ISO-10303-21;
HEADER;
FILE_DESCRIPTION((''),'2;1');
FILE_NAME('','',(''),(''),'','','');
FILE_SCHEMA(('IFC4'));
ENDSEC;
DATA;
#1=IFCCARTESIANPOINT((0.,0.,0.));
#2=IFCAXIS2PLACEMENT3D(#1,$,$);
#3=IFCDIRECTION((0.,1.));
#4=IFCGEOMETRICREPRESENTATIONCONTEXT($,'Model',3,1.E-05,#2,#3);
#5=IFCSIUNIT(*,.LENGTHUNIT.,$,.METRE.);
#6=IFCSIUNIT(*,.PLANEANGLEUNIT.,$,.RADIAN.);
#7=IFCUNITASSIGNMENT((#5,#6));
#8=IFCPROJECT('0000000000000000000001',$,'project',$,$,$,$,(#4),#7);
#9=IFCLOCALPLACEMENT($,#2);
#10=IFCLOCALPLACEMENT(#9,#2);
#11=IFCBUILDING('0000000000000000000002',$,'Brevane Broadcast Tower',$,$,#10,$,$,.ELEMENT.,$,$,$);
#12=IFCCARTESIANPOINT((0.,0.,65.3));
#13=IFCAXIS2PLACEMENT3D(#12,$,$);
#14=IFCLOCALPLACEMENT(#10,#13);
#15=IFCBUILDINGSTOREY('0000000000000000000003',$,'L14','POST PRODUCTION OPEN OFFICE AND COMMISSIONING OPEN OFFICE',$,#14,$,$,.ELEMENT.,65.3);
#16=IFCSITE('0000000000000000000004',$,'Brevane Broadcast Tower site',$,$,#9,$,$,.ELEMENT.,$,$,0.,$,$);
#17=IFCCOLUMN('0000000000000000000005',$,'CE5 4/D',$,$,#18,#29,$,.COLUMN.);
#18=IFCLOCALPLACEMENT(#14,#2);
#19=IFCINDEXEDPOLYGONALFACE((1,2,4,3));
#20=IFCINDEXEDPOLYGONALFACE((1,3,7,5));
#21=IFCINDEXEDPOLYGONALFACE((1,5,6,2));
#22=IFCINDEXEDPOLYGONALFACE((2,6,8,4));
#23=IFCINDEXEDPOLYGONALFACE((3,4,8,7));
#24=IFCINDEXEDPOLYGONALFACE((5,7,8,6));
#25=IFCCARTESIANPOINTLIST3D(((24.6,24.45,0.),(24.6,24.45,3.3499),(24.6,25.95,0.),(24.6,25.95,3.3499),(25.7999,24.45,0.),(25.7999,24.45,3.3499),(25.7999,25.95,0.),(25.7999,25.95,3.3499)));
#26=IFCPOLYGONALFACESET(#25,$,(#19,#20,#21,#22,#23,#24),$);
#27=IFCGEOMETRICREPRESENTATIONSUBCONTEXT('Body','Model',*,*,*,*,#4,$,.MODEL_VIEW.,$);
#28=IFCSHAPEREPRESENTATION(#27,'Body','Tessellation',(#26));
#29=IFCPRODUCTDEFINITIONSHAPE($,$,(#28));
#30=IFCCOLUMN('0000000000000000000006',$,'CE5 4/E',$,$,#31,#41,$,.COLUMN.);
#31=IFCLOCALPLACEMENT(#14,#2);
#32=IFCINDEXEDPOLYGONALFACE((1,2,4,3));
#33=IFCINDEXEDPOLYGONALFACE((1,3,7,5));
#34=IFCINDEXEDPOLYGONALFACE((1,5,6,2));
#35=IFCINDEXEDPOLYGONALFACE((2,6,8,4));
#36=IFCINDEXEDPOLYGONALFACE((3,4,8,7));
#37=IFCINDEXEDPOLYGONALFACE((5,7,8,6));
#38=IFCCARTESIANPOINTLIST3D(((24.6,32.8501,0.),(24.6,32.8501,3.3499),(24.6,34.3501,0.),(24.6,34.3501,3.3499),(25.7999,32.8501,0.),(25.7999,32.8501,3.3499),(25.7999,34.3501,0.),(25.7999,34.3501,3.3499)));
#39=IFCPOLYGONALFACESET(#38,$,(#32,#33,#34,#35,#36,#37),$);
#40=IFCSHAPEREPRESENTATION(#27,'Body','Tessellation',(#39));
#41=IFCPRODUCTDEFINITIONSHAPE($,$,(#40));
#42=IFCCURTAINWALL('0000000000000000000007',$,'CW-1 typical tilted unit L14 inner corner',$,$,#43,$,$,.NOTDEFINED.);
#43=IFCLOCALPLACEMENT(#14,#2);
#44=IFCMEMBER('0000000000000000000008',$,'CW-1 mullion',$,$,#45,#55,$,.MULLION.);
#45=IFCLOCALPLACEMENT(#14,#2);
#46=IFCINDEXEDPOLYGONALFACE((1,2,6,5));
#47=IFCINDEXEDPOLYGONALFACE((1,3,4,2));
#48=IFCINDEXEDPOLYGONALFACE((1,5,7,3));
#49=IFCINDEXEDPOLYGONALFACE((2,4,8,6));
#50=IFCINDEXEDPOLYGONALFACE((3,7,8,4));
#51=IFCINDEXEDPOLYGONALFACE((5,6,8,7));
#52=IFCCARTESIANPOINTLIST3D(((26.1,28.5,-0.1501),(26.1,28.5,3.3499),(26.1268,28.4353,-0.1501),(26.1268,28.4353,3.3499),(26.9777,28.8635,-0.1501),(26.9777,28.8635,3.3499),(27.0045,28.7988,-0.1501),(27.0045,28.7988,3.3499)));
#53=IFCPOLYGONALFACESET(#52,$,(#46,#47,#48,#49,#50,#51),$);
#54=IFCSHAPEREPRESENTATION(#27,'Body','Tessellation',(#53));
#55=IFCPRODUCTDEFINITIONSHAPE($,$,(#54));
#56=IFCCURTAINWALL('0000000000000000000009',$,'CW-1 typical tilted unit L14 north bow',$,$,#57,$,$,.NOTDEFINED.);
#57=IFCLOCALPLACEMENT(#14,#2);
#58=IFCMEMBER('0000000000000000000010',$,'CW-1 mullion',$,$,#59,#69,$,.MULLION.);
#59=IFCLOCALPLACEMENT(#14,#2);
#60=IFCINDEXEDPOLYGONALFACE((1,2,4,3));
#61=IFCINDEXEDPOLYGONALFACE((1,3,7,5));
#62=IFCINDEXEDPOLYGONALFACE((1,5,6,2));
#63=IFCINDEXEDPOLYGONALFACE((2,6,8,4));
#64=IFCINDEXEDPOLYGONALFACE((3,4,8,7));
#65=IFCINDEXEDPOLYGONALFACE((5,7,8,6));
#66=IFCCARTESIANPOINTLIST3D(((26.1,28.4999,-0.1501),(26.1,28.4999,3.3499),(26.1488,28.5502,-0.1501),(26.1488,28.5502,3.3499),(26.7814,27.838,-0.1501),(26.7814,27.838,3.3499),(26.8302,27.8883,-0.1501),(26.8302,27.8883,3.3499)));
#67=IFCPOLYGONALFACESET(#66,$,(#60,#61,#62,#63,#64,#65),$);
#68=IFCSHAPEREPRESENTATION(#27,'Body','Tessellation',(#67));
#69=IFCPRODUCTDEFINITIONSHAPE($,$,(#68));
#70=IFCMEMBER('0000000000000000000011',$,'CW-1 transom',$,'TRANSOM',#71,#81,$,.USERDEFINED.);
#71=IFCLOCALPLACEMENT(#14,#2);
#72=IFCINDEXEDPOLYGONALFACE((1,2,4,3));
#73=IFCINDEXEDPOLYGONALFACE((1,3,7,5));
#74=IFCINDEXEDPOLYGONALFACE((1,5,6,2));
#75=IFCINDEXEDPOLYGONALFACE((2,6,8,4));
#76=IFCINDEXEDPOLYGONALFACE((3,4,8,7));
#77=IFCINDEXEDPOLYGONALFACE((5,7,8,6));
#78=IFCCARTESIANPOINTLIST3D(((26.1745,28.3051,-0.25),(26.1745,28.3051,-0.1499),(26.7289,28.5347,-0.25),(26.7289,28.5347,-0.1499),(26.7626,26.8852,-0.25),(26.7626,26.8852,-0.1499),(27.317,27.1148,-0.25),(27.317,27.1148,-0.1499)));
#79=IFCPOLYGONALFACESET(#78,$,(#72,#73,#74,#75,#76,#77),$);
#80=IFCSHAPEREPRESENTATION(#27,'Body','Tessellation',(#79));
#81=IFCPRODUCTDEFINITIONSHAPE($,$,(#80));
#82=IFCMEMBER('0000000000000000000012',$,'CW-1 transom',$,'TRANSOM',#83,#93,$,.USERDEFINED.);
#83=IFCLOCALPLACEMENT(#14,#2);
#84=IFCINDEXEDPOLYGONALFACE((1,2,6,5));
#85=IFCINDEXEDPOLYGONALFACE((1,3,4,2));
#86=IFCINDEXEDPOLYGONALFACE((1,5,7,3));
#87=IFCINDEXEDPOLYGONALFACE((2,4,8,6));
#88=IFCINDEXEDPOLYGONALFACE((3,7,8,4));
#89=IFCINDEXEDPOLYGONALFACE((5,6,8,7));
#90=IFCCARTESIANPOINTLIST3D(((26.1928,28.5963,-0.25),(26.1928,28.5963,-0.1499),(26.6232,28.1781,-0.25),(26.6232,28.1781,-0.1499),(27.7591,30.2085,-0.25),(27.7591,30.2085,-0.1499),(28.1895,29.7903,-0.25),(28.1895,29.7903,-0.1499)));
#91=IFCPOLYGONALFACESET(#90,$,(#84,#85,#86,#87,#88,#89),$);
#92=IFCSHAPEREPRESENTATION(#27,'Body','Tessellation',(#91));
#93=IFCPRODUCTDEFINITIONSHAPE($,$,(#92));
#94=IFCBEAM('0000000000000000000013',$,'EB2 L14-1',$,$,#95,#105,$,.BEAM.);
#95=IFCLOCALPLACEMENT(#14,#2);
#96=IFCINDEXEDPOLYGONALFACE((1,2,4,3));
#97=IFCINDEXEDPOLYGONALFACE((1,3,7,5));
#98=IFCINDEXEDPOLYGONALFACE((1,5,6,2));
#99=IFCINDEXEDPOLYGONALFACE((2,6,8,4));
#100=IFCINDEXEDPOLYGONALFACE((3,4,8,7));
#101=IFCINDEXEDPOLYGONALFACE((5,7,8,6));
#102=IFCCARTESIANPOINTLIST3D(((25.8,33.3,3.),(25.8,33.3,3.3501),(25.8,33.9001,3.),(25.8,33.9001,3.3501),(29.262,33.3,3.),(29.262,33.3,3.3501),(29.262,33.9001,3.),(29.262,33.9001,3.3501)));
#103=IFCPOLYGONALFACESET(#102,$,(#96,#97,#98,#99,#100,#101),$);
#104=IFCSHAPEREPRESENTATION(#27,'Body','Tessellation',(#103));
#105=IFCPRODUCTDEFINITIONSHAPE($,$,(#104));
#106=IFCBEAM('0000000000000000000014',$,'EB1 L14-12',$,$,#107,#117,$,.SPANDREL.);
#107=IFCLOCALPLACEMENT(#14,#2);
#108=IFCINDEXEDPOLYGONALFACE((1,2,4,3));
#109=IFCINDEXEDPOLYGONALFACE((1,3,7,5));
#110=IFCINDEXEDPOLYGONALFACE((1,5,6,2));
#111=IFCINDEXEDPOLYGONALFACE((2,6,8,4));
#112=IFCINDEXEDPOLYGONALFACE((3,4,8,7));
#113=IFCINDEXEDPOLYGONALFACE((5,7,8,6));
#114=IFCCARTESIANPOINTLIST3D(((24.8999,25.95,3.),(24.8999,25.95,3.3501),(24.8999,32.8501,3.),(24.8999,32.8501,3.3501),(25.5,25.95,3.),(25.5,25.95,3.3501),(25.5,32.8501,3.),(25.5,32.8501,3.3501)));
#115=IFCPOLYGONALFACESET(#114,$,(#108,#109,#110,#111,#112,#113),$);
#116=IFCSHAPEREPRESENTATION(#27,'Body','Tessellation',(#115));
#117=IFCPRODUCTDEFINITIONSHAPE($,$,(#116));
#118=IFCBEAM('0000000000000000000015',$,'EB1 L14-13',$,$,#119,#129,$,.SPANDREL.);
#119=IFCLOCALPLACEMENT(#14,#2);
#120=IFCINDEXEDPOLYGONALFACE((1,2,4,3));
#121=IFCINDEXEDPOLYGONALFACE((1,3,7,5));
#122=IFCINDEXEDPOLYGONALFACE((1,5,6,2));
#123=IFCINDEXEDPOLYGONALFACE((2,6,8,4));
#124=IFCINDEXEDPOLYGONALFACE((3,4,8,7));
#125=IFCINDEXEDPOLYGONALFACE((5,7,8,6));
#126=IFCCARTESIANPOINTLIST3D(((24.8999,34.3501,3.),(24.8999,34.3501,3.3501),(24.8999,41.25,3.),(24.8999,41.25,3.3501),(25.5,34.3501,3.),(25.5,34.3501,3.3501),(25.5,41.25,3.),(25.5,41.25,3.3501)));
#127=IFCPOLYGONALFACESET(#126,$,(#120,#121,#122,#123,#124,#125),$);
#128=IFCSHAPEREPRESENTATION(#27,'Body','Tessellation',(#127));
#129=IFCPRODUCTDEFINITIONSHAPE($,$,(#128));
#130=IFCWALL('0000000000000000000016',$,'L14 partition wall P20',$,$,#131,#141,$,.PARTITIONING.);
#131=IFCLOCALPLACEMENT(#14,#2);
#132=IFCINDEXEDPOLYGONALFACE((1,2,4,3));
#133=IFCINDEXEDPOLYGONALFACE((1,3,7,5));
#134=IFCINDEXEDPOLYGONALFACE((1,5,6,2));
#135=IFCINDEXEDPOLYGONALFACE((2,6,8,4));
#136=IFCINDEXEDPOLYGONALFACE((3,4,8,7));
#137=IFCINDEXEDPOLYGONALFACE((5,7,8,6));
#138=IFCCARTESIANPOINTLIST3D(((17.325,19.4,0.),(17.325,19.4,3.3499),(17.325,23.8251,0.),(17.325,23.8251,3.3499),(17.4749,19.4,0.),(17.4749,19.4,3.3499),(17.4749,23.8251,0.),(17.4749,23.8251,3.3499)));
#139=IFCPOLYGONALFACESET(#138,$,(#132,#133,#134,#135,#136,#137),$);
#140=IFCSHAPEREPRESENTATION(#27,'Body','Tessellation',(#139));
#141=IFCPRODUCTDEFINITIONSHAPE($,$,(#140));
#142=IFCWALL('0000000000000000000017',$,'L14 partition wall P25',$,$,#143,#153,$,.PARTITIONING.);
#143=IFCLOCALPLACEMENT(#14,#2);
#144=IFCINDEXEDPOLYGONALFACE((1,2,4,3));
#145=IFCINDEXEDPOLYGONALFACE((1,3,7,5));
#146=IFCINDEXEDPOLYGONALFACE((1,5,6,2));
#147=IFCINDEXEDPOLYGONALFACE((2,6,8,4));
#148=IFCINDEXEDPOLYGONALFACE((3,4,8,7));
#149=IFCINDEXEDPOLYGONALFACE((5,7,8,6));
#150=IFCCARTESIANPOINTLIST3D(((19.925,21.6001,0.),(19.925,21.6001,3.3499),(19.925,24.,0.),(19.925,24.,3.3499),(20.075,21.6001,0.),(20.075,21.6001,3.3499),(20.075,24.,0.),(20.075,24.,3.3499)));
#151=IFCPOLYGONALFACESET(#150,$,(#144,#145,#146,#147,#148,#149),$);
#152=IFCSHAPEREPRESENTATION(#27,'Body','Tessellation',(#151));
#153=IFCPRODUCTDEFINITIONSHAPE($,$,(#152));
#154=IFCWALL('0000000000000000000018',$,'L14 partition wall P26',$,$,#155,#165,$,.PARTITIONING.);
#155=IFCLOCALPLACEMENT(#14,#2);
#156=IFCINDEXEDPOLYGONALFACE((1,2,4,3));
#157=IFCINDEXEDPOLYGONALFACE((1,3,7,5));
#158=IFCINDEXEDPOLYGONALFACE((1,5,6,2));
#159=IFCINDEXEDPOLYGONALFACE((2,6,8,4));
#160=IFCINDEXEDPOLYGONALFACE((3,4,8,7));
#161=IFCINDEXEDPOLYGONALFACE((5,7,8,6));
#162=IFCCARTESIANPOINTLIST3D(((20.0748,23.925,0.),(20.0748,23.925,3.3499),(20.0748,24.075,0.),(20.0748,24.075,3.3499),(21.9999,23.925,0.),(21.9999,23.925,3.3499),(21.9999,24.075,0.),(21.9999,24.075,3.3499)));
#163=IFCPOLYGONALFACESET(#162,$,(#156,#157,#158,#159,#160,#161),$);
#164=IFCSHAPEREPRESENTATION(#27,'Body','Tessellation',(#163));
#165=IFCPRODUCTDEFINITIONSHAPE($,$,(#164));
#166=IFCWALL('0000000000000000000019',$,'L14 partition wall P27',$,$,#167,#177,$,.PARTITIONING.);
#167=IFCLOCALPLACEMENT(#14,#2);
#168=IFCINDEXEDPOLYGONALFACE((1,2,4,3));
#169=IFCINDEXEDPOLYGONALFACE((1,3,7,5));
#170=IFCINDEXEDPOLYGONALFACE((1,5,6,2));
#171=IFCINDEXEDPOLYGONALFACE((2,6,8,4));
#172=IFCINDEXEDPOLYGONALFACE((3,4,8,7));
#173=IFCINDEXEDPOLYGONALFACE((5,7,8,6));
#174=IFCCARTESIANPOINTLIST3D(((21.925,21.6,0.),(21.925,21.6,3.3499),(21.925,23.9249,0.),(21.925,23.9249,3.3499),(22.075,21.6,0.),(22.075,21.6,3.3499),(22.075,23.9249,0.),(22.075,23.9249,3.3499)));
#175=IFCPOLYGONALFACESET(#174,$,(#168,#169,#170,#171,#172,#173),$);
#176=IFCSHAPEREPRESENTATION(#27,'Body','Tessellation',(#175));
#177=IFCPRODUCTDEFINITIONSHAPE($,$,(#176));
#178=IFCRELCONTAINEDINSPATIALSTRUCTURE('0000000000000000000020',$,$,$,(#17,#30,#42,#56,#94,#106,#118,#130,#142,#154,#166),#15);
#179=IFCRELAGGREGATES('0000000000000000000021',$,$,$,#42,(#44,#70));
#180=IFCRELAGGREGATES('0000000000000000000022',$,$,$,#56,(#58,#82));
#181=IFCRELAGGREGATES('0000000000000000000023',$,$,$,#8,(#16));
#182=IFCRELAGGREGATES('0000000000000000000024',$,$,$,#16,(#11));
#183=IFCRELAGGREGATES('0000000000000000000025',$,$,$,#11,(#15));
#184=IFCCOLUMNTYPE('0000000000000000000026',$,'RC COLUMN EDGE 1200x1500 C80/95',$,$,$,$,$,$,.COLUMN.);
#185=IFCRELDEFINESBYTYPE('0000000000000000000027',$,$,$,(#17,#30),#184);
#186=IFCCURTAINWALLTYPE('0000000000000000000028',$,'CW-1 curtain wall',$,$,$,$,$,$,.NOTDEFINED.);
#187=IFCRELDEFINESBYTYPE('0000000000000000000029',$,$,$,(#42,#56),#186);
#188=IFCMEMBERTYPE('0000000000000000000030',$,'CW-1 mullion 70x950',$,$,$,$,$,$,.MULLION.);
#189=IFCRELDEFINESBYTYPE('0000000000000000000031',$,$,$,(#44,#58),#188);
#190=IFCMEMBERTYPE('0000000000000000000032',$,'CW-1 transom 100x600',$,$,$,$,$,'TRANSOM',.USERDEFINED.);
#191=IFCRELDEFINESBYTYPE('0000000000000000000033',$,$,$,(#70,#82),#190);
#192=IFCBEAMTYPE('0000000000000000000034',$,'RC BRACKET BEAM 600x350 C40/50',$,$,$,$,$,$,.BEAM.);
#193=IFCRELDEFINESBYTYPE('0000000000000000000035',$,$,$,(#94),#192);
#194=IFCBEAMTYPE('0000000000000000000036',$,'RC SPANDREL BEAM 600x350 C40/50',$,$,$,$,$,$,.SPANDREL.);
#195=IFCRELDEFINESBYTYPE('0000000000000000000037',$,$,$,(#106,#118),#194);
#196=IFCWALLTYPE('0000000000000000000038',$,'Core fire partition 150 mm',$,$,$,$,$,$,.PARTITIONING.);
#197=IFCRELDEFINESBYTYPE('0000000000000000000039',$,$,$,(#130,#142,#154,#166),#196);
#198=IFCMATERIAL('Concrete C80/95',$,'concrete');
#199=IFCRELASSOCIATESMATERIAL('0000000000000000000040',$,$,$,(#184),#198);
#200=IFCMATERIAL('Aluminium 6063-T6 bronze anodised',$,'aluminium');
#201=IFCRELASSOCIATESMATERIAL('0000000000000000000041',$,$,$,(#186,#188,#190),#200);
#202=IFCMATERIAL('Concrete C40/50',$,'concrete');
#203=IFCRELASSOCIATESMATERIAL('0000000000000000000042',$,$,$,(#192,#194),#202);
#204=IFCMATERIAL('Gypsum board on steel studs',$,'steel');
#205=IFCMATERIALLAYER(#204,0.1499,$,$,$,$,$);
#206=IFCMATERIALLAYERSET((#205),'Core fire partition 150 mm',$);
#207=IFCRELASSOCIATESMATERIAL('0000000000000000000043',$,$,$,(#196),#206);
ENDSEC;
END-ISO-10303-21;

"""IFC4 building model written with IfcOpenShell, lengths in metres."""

from ifc_helpers import new_model, si_unit, direction, frame, frame_2d, origin, origin_2d, place, context, subcontext, project, spatial, rectangle, extrude, material, layer, layer_set, material_profile, profile_set, type_object, element, aggregate, save


model = new_model("IFC4")

# Units and contexts
model_context = context("Model", 3, precision=1e-05, world=origin(), true_north=direction((0.0, 1.0)))
body_context = subcontext(model_context, "Body", "Model", "MODEL_VIEW")
ifc_project = project(units=[si_unit("LENGTHUNIT", "METRE"), si_unit("PLANEANGLEUNIT", "RADIAN")], contexts=[model_context])

# Site, building, storey
site_placement = place(None, origin())
site = spatial("IfcSite", under=ifc_project, at=site_placement, Name="Brevane Broadcast Tower site", CompositionType="ELEMENT", RefElevation=0.0)
building_placement = place(site_placement, origin())
building = spatial("IfcBuilding", under=site, at=building_placement, Name="Brevane Broadcast Tower", CompositionType="ELEMENT")
storey_placement = place(building_placement, frame((0.0, 0.0, 65.3)))
storey = spatial("IfcBuildingStorey", under=building, at=storey_placement, Name="L14", Description="POST PRODUCTION OPEN OFFICE AND COMMISSIONING OPEN OFFICE", CompositionType="ELEMENT", Elevation=65.3)

# Columns
ifc_material_1 = material(Name="Concrete C80/95", Category="concrete")
ifc_material_profile_1 = material_profile(ifc_material_1, rectangle(XDim=1.2, YDim=1.5, at=origin_2d()), Name="RC 1200x1500")
ifc_profile_set_1 = profile_set([ifc_material_profile_1], Name="Concrete C80/95")
column_type = type_object("IfcColumnType", Name="RC COLUMN EDGE 1200x1500 C80/95", PredefinedType="COLUMN", material=ifc_profile_set_1)
for number, where, z_axis, x_axis, name in (
    (1, (25.2, 25.2, 0.0), (0.0, 0.0, 1.0), (1.0, 0.0, 0.0), "CE5 4/D"),
    (2, (25.2, 33.6001, 0.0), (0.0, 0.0, 1.0), (1.0, 0.0, 0.0), "CE5 4/E"),
):
    element("IfcColumn", number, at=place(storey_placement, frame(where, z_axis=z_axis, x_axis=x_axis)), inside=storey, type_object=column_type, Name=name, PredefinedType="COLUMN", context=body_context, shape_type="SweptSolid", body=[
        extrude(rectangle(XDim=1.2, YDim=1.5, at=origin_2d()), origin(), (0.0, 0.0, 1.0), 3.3499),
    ])

# Curtain walls, members
ifc_material_2 = material(Name="Aluminium 6063-T6 bronze anodised", Category="aluminium")
curtain_wall_type = type_object("IfcCurtainWallType", Name="CW-1 curtain wall", PredefinedType="NOTDEFINED", material=ifc_material_2)
curtain_wall_1_placement = place(storey_placement, origin())
curtain_wall_1 = element("IfcCurtainWall", 3, at=curtain_wall_1_placement, inside=storey, type_object=curtain_wall_type, Name="CW-1 typical tilted unit L14 inner corner", PredefinedType="NOTDEFINED")
ifc_material_profile_2 = material_profile(ifc_material_2, rectangle(XDim=0.95, YDim=0.0701, at=origin_2d()), Name="RECT 70x950")
ifc_profile_set_2 = profile_set([ifc_material_profile_2], Name="Aluminium 6063-T6 bronze anodised")
member_type_1 = type_object("IfcMemberType", Name="CW-1 mullion 70x950", PredefinedType="MULLION", material=ifc_profile_set_2)
member_1_placement = place(storey_placement, frame((26.5522, 28.6494, -0.1501), z_axis=(0.0, 0.0, 1.0), x_axis=(-0.923879, -0.382684, 0.0)))
member_1 = element("IfcMember", 4, at=member_1_placement, type_object=member_type_1, Name="CW-1 mullion", PredefinedType="MULLION", context=body_context, shape_type="SweptSolid", body=[
    extrude(rectangle(XDim=0.95, YDim=0.0701, at=origin_2d()), origin(), (0.0, 0.0, 1.0), 3.5),
])
curtain_wall_2_placement = place(storey_placement, origin())
curtain_wall_2 = element("IfcCurtainWall", 5, at=curtain_wall_2_placement, inside=storey, type_object=curtain_wall_type, Name="CW-1 typical tilted unit L14 north bow", PredefinedType="NOTDEFINED")
member_2_placement = place(storey_placement, frame((26.4651, 28.1941, -0.1501), z_axis=(0.0, 0.0, 1.0), x_axis=(-0.717254, 0.696812, 0.0)))
member_2 = element("IfcMember", 6, at=member_2_placement, type_object=member_type_1, Name="CW-1 mullion", PredefinedType="MULLION", context=body_context, shape_type="SweptSolid", body=[
    extrude(rectangle(XDim=0.95, YDim=0.0701, at=origin_2d()), origin(), (0.0, 0.0, 1.0), 3.5),
])

# Members
ifc_material_profile_3 = material_profile(ifc_material_2, rectangle(XDim=0.6001, YDim=0.1001, at=origin_2d()), Name="RECT 100x600")
ifc_profile_set_3 = profile_set([ifc_material_profile_3], Name="Aluminium 6063-T6 bronze anodised")
member_type_2 = type_object("IfcMemberType", Name="CW-1 transom 100x600", ElementType="TRANSOM", PredefinedType="USERDEFINED", material=ifc_profile_set_3)
member_3_placement = place(storey_placement, frame((27.0398, 27.0, -0.2), z_axis=(-0.382674, 0.923883, 0.0), x_axis=(-0.923883, -0.382674, 0.0)))
member_3 = element("IfcMember", 7, at=member_3_placement, type_object=member_type_2, Name="CW-1 transom", ObjectType="TRANSOM", PredefinedType="USERDEFINED", context=body_context, shape_type="SweptSolid", body=[
    extrude(rectangle(XDim=0.6001, YDim=0.1001, at=origin_2d()), origin(), (0.0, 0.0, 1.0), 1.5369),
])
aggregate(curtain_wall_1, [member_1, member_3])
member_4_placement = place(storey_placement, frame((26.408, 28.3872, -0.2), z_axis=(0.696824, 0.717242, 0.0), x_axis=(-0.717242, 0.696824, 0.0)))
member_4 = element("IfcMember", 8, at=member_4_placement, type_object=member_type_2, Name="CW-1 transom", ObjectType="TRANSOM", PredefinedType="USERDEFINED", context=body_context, shape_type="SweptSolid", body=[
    extrude(rectangle(XDim=0.6001, YDim=0.1001, at=origin_2d()), origin(), (0.0, 0.0, 1.0), 2.2478),
])
aggregate(curtain_wall_2, [member_2, member_4])

# Beams
ifc_material_3 = material(Name="Concrete C40/50", Category="concrete")
ifc_material_profile_4 = material_profile(ifc_material_3, rectangle(XDim=0.6001, YDim=0.3501, at=origin_2d()), Name="RC 600x350")
ifc_profile_set_4 = profile_set([ifc_material_profile_4], Name="Concrete C40/50")
beam_type_1 = type_object("IfcBeamType", Name="RC BRACKET BEAM 600x350 C40/50", PredefinedType="BEAM", material=ifc_profile_set_4)
beam_1_placement = place(storey_placement, frame((25.8, 33.6001, 3.175), z_axis=(1.0, 0.0, 0.0), x_axis=(0.0, 1.0, 0.0)))
element("IfcBeam", 9, at=beam_1_placement, inside=storey, type_object=beam_type_1, Name="EB2 L14-1", PredefinedType="BEAM", context=body_context, shape_type="SweptSolid", body=[
    extrude(rectangle(XDim=0.6001, YDim=0.3501, at=origin_2d()), origin(), (0.0, 0.0, 1.0), 3.4619),
])
ifc_material_profile_5 = material_profile(ifc_material_3, rectangle(XDim=0.6001, YDim=0.3501, at=origin_2d()), Name="RC 600x350")
ifc_profile_set_5 = profile_set([ifc_material_profile_5], Name="Concrete C40/50")
beam_type_2 = type_object("IfcBeamType", Name="RC SPANDREL BEAM 600x350 C40/50", PredefinedType="SPANDREL", material=ifc_profile_set_5)
beam_2_placement = place(storey_placement, frame((25.2, 25.95, 3.175), z_axis=(0.0, 1.0, 0.0), x_axis=(-1.0, 0.0, 0.0)))
element("IfcBeam", 10, at=beam_2_placement, inside=storey, type_object=beam_type_2, Name="EB1 L14-12", PredefinedType="SPANDREL", context=body_context, shape_type="SweptSolid", body=[
    extrude(rectangle(XDim=0.6001, YDim=0.3501, at=origin_2d()), origin(), (0.0, 0.0, 1.0), 6.9001),
])
beam_3_placement = place(storey_placement, frame((25.2, 34.3501, 3.175), z_axis=(0.0, 1.0, 0.0), x_axis=(-1.0, 0.0, 0.0)))
element("IfcBeam", 11, at=beam_3_placement, inside=storey, type_object=beam_type_2, Name="EB1 L14-13", PredefinedType="SPANDREL", context=body_context, shape_type="SweptSolid", body=[
    extrude(rectangle(XDim=0.6001, YDim=0.3501, at=origin_2d()), origin(), (0.0, 0.0, 1.0), 6.8999),
])

# Walls
ifc_material_4 = material(Name="Gypsum board on steel studs", Category="steel")
ifc_layer_1 = layer(ifc_material_4, 0.1499)
ifc_layer_set_1 = layer_set([ifc_layer_1], Name="Core fire partition 150 mm")
wall_type_1 = type_object("IfcWallType", Name="Core fire partition 150 mm", PredefinedType="PARTITIONING", material=ifc_layer_set_1)
wall_1_placement = place(storey_placement, frame((17.3999, 23.825, 0.0), z_axis=(0.0, 0.0, 1.0), x_axis=(0.0, -1.0, 0.0)))
element("IfcWall", 12, at=wall_1_placement, inside=storey, type_object=wall_type_1, Name="L14 partition wall P20", PredefinedType="PARTITIONING", context=body_context, shape_type="SweptSolid", body=[
    extrude(rectangle(XDim=4.425, YDim=0.1499, at=frame_2d((2.2124, 0.0))), origin(), (0.0, 0.0, 1.0), 3.3499),
])
wall_2_placement = place(storey_placement, frame((20.0, 21.6001, 0.0), z_axis=(0.0, 0.0, 1.0), x_axis=(0.0, 1.0, 0.0)))
element("IfcWall", 13, at=wall_2_placement, inside=storey, type_object=wall_type_1, Name="L14 partition wall P25", PredefinedType="PARTITIONING", context=body_context, shape_type="SweptSolid", body=[
    extrude(rectangle(XDim=2.3999, YDim=0.1499, at=frame_2d((1.2, 0.0))), origin(), (0.0, 0.0, 1.0), 3.3499),
])
wall_3_placement = place(storey_placement, frame((20.075, 24.0, 0.0), z_axis=(0.0, 0.0, 1.0), x_axis=(1.0, 0.0, 0.0)))
element("IfcWall", 14, at=wall_3_placement, inside=storey, type_object=wall_type_1, Name="L14 partition wall P26", PredefinedType="PARTITIONING", context=body_context, shape_type="SweptSolid", body=[
    extrude(rectangle(XDim=1.925, YDim=0.1499, at=frame_2d((0.9624, 0.0))), origin(), (0.0, 0.0, 1.0), 3.3499),
])
wall_4_placement = place(storey_placement, frame((22.0, 23.925, 0.0), z_axis=(0.0, 0.0, 1.0), x_axis=(0.0, -1.0, 0.0)))
element("IfcWall", 15, at=wall_4_placement, inside=storey, type_object=wall_type_1, Name="L14 partition wall P27", PredefinedType="PARTITIONING", context=body_context, shape_type="SweptSolid", body=[
    extrude(rectangle(XDim=2.325, YDim=0.1499, at=frame_2d((1.1626, 0.0))), origin(), (0.0, 0.0, 1.0), 3.3499),
])

save(model, "model.ifc")
